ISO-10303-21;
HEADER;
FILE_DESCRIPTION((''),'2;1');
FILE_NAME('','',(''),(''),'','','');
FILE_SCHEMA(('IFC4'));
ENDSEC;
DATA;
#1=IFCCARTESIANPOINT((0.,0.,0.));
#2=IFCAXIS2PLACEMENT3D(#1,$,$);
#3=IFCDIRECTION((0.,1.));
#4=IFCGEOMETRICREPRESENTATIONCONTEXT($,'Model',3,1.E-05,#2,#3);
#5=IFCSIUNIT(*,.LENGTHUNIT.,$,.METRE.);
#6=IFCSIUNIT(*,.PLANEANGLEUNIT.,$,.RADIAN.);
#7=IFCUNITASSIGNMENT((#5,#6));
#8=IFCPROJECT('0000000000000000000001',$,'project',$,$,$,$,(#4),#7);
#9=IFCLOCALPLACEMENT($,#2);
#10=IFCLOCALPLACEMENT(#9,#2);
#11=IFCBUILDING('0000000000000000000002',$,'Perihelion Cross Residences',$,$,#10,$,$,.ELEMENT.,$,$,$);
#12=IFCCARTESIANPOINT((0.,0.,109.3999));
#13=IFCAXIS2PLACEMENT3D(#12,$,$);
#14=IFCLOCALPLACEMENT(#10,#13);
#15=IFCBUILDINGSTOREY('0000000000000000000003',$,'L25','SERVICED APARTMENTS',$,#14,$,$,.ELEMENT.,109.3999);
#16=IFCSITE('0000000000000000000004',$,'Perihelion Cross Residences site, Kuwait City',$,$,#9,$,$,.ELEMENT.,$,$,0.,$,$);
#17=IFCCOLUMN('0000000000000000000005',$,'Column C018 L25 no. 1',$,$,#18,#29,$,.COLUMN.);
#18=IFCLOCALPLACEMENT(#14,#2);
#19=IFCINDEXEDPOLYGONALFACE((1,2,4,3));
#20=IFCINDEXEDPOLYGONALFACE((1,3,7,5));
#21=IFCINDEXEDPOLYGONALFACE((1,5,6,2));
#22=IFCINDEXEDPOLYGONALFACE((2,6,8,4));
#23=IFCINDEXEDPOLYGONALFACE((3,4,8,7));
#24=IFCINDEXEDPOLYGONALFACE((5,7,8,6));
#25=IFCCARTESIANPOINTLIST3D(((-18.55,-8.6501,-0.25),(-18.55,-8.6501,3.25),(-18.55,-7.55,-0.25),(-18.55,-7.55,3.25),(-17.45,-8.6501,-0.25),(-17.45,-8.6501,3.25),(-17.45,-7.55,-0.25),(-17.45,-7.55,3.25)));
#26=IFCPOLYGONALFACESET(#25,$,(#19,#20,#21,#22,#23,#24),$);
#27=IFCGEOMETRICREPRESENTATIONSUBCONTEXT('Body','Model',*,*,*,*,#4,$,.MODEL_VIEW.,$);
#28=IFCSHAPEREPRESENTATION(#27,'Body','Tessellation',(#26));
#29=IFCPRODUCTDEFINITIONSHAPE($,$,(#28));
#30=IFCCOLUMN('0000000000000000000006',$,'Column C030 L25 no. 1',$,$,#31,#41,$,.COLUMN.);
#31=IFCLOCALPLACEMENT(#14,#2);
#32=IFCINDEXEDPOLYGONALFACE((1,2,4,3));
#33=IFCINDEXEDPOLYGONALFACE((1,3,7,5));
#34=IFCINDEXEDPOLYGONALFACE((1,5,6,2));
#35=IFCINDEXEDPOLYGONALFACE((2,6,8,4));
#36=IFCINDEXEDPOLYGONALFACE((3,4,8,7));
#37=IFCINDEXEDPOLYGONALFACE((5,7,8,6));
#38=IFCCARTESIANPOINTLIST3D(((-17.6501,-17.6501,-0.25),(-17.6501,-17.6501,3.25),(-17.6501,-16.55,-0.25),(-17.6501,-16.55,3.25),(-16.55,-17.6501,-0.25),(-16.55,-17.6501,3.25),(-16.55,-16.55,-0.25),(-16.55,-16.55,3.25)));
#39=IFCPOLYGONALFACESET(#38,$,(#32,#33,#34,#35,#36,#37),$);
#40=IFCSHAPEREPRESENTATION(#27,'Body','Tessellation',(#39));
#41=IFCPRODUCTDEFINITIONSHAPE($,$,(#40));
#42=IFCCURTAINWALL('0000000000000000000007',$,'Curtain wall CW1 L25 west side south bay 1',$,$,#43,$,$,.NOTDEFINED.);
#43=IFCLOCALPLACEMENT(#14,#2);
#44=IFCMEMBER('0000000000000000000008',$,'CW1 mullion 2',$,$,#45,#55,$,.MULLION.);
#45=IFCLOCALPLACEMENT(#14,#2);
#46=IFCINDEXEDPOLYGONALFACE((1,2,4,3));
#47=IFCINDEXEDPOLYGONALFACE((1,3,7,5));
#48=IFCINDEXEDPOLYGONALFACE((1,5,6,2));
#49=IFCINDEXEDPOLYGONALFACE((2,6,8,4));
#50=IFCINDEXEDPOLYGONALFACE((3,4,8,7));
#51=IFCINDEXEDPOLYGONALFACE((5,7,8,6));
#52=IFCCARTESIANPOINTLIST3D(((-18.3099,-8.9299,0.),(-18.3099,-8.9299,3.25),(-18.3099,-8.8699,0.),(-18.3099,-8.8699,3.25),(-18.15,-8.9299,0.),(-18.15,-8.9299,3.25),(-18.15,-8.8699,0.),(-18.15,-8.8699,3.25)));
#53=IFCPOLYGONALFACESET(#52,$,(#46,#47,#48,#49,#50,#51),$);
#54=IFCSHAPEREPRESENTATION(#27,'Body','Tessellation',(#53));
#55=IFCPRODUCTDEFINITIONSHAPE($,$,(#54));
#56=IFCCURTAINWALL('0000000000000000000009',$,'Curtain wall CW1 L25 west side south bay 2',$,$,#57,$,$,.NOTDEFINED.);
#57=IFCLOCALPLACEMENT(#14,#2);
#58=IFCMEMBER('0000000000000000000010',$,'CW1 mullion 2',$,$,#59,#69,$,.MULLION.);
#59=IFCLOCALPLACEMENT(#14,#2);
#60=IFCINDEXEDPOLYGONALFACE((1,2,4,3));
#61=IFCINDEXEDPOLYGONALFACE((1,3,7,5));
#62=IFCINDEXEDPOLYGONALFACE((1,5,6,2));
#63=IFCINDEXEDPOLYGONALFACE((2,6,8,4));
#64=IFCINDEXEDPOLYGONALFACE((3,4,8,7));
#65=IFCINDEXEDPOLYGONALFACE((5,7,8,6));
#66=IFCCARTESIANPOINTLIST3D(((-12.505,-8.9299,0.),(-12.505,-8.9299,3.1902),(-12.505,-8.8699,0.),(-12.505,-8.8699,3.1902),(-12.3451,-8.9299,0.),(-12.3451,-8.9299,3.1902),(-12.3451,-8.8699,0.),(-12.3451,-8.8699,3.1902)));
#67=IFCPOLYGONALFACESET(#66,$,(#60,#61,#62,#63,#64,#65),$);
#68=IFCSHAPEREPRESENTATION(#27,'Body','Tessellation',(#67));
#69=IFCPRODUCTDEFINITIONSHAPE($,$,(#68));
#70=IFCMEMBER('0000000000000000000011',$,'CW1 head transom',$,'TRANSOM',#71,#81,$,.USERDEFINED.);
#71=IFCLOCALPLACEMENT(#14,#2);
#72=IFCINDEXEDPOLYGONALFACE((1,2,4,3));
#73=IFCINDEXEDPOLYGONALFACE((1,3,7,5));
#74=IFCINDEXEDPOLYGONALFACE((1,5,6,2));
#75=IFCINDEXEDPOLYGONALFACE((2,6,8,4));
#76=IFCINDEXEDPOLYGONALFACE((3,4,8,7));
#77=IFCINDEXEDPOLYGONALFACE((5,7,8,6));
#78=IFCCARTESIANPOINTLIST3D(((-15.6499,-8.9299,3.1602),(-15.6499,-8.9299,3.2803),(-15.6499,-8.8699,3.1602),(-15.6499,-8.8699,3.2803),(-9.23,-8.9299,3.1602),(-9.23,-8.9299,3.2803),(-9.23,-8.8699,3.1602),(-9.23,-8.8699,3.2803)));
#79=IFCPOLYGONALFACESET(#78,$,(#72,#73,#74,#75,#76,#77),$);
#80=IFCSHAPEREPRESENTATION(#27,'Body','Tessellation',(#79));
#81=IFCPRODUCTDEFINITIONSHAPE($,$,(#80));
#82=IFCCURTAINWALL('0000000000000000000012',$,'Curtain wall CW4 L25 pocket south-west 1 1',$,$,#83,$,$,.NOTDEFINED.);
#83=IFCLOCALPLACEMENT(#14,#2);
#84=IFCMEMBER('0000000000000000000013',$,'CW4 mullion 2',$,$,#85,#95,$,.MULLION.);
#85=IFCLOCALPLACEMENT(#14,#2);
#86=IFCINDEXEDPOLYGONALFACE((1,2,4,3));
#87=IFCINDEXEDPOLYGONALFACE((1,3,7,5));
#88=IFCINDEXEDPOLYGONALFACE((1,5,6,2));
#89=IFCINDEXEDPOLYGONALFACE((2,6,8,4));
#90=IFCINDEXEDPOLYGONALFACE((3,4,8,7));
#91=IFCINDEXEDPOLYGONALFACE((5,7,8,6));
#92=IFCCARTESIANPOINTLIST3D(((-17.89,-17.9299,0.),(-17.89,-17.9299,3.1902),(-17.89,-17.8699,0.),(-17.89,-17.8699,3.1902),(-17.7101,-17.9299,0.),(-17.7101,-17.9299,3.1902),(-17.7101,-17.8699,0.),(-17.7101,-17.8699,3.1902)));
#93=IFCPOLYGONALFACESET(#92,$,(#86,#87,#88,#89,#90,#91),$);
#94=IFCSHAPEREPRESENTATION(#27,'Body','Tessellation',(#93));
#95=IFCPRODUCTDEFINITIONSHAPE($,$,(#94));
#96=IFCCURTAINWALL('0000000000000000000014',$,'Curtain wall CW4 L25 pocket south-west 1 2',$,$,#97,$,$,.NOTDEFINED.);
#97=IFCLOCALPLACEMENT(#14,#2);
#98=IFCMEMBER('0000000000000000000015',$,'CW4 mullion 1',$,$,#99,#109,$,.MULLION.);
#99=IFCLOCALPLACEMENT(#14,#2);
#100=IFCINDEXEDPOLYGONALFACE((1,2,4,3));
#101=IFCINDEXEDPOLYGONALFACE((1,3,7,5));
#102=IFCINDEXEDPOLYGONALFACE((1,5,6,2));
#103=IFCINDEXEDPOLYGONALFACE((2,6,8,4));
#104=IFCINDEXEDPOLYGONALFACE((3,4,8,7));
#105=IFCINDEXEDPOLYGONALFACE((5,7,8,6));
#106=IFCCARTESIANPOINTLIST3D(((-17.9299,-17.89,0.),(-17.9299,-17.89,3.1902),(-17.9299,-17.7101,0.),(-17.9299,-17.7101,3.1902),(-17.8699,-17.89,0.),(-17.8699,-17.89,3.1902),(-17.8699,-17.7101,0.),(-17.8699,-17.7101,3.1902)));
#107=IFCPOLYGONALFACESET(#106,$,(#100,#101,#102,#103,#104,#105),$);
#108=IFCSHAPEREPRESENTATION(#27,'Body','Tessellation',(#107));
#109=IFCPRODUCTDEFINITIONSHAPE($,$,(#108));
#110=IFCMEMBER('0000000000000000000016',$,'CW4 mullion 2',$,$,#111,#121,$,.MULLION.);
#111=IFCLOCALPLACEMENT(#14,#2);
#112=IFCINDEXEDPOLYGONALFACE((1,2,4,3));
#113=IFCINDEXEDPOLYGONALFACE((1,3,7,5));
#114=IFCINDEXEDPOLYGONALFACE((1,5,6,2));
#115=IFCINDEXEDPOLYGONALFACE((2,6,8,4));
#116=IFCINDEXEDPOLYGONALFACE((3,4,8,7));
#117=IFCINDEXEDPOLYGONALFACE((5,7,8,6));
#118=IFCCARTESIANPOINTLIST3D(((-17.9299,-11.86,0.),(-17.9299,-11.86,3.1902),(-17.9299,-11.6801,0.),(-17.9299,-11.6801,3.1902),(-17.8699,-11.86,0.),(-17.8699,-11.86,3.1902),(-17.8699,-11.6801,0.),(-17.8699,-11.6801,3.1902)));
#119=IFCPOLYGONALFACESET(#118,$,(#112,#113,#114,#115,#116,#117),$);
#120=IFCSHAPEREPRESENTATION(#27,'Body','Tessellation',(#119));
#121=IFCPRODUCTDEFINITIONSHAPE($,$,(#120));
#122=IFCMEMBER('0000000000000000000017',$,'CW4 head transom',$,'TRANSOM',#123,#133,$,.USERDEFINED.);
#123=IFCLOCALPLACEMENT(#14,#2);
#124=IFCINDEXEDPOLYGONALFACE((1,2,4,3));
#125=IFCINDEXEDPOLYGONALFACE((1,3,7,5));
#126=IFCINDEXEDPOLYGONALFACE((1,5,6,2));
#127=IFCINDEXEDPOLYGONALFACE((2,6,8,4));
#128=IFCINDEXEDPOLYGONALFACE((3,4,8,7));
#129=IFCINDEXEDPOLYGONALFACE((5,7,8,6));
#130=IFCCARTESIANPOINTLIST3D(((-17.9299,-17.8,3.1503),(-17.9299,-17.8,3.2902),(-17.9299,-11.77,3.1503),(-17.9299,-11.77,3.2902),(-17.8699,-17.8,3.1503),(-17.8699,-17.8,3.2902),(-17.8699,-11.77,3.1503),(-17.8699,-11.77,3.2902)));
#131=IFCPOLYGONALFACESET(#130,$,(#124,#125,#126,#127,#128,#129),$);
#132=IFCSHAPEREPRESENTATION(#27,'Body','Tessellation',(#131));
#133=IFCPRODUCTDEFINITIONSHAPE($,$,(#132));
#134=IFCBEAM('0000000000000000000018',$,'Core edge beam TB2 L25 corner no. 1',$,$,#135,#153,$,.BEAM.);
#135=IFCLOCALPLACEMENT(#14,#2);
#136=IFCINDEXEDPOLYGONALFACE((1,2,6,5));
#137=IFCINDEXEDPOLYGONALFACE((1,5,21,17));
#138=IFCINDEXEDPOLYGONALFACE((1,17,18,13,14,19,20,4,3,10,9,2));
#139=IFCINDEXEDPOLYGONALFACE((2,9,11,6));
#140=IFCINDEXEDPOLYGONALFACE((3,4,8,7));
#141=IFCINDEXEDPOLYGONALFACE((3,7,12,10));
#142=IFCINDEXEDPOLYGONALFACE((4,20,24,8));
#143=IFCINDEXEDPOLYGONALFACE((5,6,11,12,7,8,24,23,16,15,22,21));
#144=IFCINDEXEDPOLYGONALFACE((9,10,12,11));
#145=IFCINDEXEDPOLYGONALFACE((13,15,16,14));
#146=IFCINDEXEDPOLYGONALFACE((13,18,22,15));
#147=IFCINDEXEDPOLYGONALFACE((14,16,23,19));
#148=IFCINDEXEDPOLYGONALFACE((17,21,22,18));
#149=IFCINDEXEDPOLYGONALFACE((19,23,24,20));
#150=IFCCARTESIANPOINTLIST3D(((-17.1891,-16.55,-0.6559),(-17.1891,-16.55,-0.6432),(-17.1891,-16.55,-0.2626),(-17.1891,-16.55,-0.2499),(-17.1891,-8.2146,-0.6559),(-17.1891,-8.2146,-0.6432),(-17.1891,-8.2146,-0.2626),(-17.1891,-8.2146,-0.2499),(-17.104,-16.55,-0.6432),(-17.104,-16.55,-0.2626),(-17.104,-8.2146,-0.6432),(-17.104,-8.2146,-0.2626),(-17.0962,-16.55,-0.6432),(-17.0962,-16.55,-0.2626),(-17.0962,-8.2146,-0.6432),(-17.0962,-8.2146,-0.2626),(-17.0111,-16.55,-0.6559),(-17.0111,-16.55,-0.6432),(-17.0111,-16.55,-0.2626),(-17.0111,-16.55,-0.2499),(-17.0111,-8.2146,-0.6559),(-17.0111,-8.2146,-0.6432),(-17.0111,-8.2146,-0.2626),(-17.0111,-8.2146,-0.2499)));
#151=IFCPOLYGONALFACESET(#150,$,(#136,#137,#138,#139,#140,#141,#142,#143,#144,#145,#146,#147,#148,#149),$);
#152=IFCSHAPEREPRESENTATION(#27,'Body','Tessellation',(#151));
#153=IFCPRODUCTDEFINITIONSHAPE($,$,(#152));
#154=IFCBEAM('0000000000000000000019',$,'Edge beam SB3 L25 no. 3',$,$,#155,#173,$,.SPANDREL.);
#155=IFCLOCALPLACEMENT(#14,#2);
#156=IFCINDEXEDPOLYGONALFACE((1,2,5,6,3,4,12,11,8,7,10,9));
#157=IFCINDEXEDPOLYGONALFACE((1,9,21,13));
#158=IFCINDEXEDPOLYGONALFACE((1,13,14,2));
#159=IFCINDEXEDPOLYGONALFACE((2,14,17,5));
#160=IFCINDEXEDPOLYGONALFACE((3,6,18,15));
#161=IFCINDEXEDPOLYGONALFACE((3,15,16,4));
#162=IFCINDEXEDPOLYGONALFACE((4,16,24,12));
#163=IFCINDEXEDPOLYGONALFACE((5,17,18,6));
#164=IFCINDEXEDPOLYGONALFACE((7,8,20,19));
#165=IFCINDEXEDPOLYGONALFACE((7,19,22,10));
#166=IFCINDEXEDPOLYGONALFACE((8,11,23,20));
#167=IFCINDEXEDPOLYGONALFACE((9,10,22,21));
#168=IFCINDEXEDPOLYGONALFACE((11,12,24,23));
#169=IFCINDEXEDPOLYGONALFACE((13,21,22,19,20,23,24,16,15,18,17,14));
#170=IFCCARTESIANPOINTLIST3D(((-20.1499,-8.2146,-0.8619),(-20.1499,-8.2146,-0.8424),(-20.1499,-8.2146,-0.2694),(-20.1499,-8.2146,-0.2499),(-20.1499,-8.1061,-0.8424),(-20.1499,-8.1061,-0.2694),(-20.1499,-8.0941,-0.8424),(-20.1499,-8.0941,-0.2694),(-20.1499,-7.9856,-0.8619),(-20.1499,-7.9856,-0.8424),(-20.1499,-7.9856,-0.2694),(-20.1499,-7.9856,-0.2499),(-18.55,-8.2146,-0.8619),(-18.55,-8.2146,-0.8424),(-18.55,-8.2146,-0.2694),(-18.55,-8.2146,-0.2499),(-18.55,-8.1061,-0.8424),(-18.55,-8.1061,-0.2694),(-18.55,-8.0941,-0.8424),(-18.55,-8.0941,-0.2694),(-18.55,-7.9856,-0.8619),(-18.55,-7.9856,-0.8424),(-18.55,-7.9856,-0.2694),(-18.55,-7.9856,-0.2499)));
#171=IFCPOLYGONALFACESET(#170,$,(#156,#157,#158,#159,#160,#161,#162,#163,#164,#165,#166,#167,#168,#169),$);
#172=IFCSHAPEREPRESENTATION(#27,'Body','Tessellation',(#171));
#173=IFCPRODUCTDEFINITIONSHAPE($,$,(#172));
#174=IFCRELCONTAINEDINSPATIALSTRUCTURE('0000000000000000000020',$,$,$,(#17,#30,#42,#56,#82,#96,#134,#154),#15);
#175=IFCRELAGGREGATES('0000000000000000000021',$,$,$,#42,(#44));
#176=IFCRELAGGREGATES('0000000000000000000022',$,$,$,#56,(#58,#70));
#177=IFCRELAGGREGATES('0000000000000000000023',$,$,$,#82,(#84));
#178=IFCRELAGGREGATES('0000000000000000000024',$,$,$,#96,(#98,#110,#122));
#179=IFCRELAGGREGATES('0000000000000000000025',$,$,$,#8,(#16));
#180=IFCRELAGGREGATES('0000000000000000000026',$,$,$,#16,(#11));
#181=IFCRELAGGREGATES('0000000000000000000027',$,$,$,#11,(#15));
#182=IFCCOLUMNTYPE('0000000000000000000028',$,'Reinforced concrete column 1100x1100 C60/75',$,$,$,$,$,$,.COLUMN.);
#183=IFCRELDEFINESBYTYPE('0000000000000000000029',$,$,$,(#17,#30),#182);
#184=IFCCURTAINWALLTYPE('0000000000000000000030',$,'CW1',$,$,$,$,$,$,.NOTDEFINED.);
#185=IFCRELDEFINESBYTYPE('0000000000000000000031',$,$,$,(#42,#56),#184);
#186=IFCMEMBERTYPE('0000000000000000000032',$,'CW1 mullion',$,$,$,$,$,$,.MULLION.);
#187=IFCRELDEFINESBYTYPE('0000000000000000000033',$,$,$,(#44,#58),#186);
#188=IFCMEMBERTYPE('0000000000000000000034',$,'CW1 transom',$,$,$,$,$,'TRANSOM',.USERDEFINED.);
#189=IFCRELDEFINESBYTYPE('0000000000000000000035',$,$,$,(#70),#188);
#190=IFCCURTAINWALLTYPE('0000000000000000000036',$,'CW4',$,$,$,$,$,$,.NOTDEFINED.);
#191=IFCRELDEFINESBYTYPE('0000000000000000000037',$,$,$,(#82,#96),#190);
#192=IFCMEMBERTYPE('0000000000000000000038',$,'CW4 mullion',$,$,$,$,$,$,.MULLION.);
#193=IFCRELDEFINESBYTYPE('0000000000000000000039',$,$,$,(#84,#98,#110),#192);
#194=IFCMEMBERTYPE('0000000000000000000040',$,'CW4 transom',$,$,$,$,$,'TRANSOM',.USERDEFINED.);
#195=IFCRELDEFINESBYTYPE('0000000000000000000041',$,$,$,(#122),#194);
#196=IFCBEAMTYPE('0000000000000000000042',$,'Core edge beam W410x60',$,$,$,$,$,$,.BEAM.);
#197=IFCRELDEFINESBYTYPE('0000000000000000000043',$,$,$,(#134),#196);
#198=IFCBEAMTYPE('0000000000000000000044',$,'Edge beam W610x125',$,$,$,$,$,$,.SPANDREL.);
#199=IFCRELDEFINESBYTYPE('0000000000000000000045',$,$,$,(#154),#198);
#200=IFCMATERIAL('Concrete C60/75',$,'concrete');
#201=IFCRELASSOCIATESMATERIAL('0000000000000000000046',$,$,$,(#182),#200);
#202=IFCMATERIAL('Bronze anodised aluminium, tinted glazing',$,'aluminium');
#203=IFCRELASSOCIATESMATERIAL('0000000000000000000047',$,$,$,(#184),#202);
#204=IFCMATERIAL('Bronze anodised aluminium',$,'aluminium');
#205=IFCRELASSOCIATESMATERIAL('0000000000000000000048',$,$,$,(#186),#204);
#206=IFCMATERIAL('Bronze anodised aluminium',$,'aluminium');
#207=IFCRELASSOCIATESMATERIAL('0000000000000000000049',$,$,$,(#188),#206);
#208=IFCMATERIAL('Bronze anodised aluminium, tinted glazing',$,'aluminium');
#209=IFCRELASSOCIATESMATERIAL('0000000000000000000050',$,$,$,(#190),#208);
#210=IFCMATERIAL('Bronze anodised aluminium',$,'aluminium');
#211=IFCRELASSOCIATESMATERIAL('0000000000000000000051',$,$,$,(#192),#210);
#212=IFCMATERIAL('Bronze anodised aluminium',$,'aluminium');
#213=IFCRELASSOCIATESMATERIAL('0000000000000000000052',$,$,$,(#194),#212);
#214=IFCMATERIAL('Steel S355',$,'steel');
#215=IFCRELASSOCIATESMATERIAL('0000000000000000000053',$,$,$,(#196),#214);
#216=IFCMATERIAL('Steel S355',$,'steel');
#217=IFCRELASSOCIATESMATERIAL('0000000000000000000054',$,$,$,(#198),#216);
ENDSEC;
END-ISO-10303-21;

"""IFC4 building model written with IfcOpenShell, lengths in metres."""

from ifc_helpers import new_model, si_unit, direction, frame, origin, origin_2d, place, context, subcontext, project, spatial, rectangle, i_section, extrude, material, material_profile, profile_set, type_object, element, aggregate, save


model = new_model("IFC4")

# Units and contexts
model_context = context("Model", 3, precision=1e-05, world=origin(), true_north=direction((0.0, 1.0)))
body_context = subcontext(model_context, "Body", "Model", "MODEL_VIEW")
ifc_project = project(units=[si_unit("LENGTHUNIT", "METRE"), si_unit("PLANEANGLEUNIT", "RADIAN")], contexts=[model_context])

# Site, building, storey
site_placement = place(None, origin())
site = spatial("IfcSite", under=ifc_project, at=site_placement, Name="Perihelion Cross Residences site, Kuwait City", CompositionType="ELEMENT", RefElevation=0.0)
building_placement = place(site_placement, origin())
building = spatial("IfcBuilding", under=site, at=building_placement, Name="Perihelion Cross Residences", CompositionType="ELEMENT")
storey_placement = place(building_placement, frame((0.0, 0.0, 109.3999)))
storey = spatial("IfcBuildingStorey", under=building, at=storey_placement, Name="L25", Description="SERVICED APARTMENTS", CompositionType="ELEMENT", Elevation=109.3999)

# Columns
ifc_material_1 = material(Name="Concrete C60/75", Category="concrete")
ifc_material_profile_1 = material_profile(ifc_material_1, rectangle(XDim=1.1001, YDim=1.1001, at=origin_2d()), Name="RC 1100x1100")
ifc_profile_set_1 = profile_set([ifc_material_profile_1], Name="Concrete C60/75")
column_type = type_object("IfcColumnType", Name="Reinforced concrete column 1100x1100 C60/75", PredefinedType="COLUMN", material=ifc_profile_set_1)
for number, where, z_axis, x_axis, name in (
    (1, (-18.0, -8.1001, -0.25), (0.0, 0.0, 1.0), (1.0, 0.0, 0.0), "Column C018 L25 no. 1"),
    (2, (-17.1001, -17.1001, -0.25), (0.0, 0.0, 1.0), (1.0, 0.0, 0.0), "Column C030 L25 no. 1"),
):
    element("IfcColumn", number, at=place(storey_placement, frame(where, z_axis=z_axis, x_axis=x_axis)), inside=storey, type_object=column_type, Name=name, PredefinedType="COLUMN", context=body_context, shape_type="SweptSolid", body=[
        extrude(rectangle(XDim=1.1001, YDim=1.1001, at=origin_2d()), origin(), (0.0, 0.0, 1.0), 3.5),
    ])

# Curtain wall, member
ifc_material_2 = material(Name="Bronze anodised aluminium, tinted glazing", Category="aluminium")
curtain_wall_type_1 = type_object("IfcCurtainWallType", Name="CW1", PredefinedType="NOTDEFINED", material=ifc_material_2)
curtain_wall_1_placement = place(storey_placement, origin())
curtain_wall_1 = element("IfcCurtainWall", 3, at=curtain_wall_1_placement, inside=storey, type_object=curtain_wall_type_1, Name="Curtain wall CW1 L25 west side south bay 1", PredefinedType="NOTDEFINED")
ifc_material_3 = material(Name="Bronze anodised aluminium", Category="aluminium")
ifc_material_profile_2 = material_profile(ifc_material_3, rectangle(XDim=0.0601, YDim=0.1599, at=origin_2d()), Name="CW1 mullion")
ifc_profile_set_2 = profile_set([ifc_material_profile_2], Name="Bronze anodised aluminium")
member_type_1 = type_object("IfcMemberType", Name="CW1 mullion", PredefinedType="MULLION", material=ifc_profile_set_2)
member_1_placement = place(storey_placement, frame((-18.23, -8.8999, 0.0), z_axis=(0.0, 0.0, 1.0), x_axis=(0.0, 1.0, 0.0)))
member_1 = element("IfcMember", 4, at=member_1_placement, type_object=member_type_1, Name="CW1 mullion 2", PredefinedType="MULLION", context=body_context, shape_type="SweptSolid", body=[
    extrude(rectangle(XDim=0.0601, YDim=0.1599, at=origin_2d()), origin(), (0.0, 0.0, 1.0), 3.25),
])

# Curtain wall, members
curtain_wall_2_placement = place(storey_placement, origin())
curtain_wall_2 = element("IfcCurtainWall", 5, at=curtain_wall_2_placement, inside=storey, type_object=curtain_wall_type_1, Name="Curtain wall CW1 L25 west side south bay 2", PredefinedType="NOTDEFINED")
member_2_placement = place(storey_placement, frame((-12.425, -8.8999, 0.0), z_axis=(0.0, 0.0, 1.0), x_axis=(0.0, 1.0, 0.0)))
member_2 = element("IfcMember", 6, at=member_2_placement, type_object=member_type_1, Name="CW1 mullion 2", PredefinedType="MULLION", context=body_context, shape_type="SweptSolid", body=[
    extrude(rectangle(XDim=0.0601, YDim=0.1599, at=origin_2d()), origin(), (0.0, 0.0, 1.0), 3.1902),
])
ifc_material_4 = material(Name="Bronze anodised aluminium", Category="aluminium")
ifc_material_profile_3 = material_profile(ifc_material_4, rectangle(XDim=0.0601, YDim=0.1201, at=origin_2d()), Name="CW1 transom")
ifc_profile_set_3 = profile_set([ifc_material_profile_3], Name="Bronze anodised aluminium")
member_type_2 = type_object("IfcMemberType", Name="CW1 transom", ElementType="TRANSOM", PredefinedType="USERDEFINED", material=ifc_profile_set_3)
member_3_placement = place(storey_placement, frame((-15.6499, -8.8999, 3.2202), z_axis=(1.0, 0.0, 0.0), x_axis=(0.0, 1.0, 0.0)))
member_3 = element("IfcMember", 7, at=member_3_placement, type_object=member_type_2, Name="CW1 head transom", ObjectType="TRANSOM", PredefinedType="USERDEFINED", context=body_context, shape_type="SweptSolid", body=[
    extrude(rectangle(XDim=0.0601, YDim=0.1201, at=origin_2d()), origin(), (0.0, 0.0, 1.0), 6.4199),
])

# Curtain wall, member
ifc_material_5 = material(Name="Bronze anodised aluminium, tinted glazing", Category="aluminium")
curtain_wall_type_2 = type_object("IfcCurtainWallType", Name="CW4", PredefinedType="NOTDEFINED", material=ifc_material_5)
curtain_wall_3_placement = place(storey_placement, origin())
curtain_wall_3 = element("IfcCurtainWall", 8, at=curtain_wall_3_placement, inside=storey, type_object=curtain_wall_type_2, Name="Curtain wall CW4 L25 pocket south-west 1 1", PredefinedType="NOTDEFINED")
ifc_material_6 = material(Name="Bronze anodised aluminium", Category="aluminium")
ifc_material_profile_4 = material_profile(ifc_material_6, rectangle(XDim=0.0601, YDim=0.1799, at=origin_2d()), Name="CW4 mullion")
ifc_profile_set_4 = profile_set([ifc_material_profile_4], Name="Bronze anodised aluminium")
member_type_3 = type_object("IfcMemberType", Name="CW4 mullion", PredefinedType="MULLION", material=ifc_profile_set_4)
member_4_placement = place(storey_placement, frame((-17.8, -17.8999, 0.0), z_axis=(0.0, 0.0, 1.0), x_axis=(0.0, -1.0, 0.0)))
member_4 = element("IfcMember", 9, at=member_4_placement, type_object=member_type_3, Name="CW4 mullion 2", PredefinedType="MULLION", context=body_context, shape_type="SweptSolid", body=[
    extrude(rectangle(XDim=0.0601, YDim=0.1799, at=origin_2d()), origin(), (0.0, 0.0, 1.0), 3.1902),
])

# Curtain wall, members
curtain_wall_4_placement = place(storey_placement, origin())
curtain_wall_4 = element("IfcCurtainWall", 10, at=curtain_wall_4_placement, inside=storey, type_object=curtain_wall_type_2, Name="Curtain wall CW4 L25 pocket south-west 1 2", PredefinedType="NOTDEFINED")
member_5_placement = place(storey_placement, frame((-17.8999, -17.8, 0.0), z_axis=(0.0, 0.0, 1.0), x_axis=(-1.0, 0.0, 0.0)))
member_5 = element("IfcMember", 11, at=member_5_placement, type_object=member_type_3, Name="CW4 mullion 1", PredefinedType="MULLION", context=body_context, shape_type="SweptSolid", body=[
    extrude(rectangle(XDim=0.0601, YDim=0.1799, at=origin_2d()), origin(), (0.0, 0.0, 1.0), 3.1902),
])
member_6_placement = place(storey_placement, frame((-17.8999, -11.77, 0.0), z_axis=(0.0, 0.0, 1.0), x_axis=(-1.0, 0.0, 0.0)))
member_6 = element("IfcMember", 12, at=member_6_placement, type_object=member_type_3, Name="CW4 mullion 2", PredefinedType="MULLION", context=body_context, shape_type="SweptSolid", body=[
    extrude(rectangle(XDim=0.0601, YDim=0.1799, at=origin_2d()), origin(), (0.0, 0.0, 1.0), 3.1902),
])
ifc_material_7 = material(Name="Bronze anodised aluminium", Category="aluminium")
ifc_material_profile_5 = material_profile(ifc_material_7, rectangle(XDim=0.0601, YDim=0.1399, at=origin_2d()), Name="CW4 transom")
ifc_profile_set_5 = profile_set([ifc_material_profile_5], Name="Bronze anodised aluminium")
member_type_4 = type_object("IfcMemberType", Name="CW4 transom", ElementType="TRANSOM", PredefinedType="USERDEFINED", material=ifc_profile_set_5)
member_7_placement = place(storey_placement, frame((-17.8999, -17.8, 3.2202), z_axis=(0.0, 1.0, 0.0), x_axis=(-1.0, 0.0, 0.0)))
member_7 = element("IfcMember", 13, at=member_7_placement, type_object=member_type_4, Name="CW4 head transom", ObjectType="TRANSOM", PredefinedType="USERDEFINED", context=body_context, shape_type="SweptSolid", body=[
    extrude(rectangle(XDim=0.0601, YDim=0.1399, at=origin_2d()), origin(), (0.0, 0.0, 1.0), 6.03),
])

# Beams
ifc_material_8 = material(Name="Steel S355", Category="steel")
ifc_material_profile_6 = material_profile(ifc_material_8, i_section(OverallWidth=0.178, OverallDepth=0.406, WebThickness=0.0078, FlangeThickness=0.0127, at=origin_2d()), Name="W410x60")
ifc_profile_set_6 = profile_set([ifc_material_profile_6], Name="Steel S355")
beam_type_1 = type_object("IfcBeamType", Name="Core edge beam W410x60", PredefinedType="BEAM", material=ifc_profile_set_6)
beam_1_placement = place(storey_placement, frame((-17.1001, -8.2146, -0.4529), z_axis=(0.0, -1.0, 0.0), x_axis=(1.0, 0.0, 0.0)))
element("IfcBeam", 14, at=beam_1_placement, inside=storey, type_object=beam_type_1, Name="Core edge beam TB2 L25 corner no. 1", PredefinedType="BEAM", context=body_context, shape_type="SweptSolid", body=[
    extrude(i_section(OverallWidth=0.178, OverallDepth=0.406, WebThickness=0.0078, FlangeThickness=0.0127, at=origin_2d()), origin(), (0.0, 0.0, 1.0), 8.3354),
])
ifc_material_9 = material(Name="Steel S355", Category="steel")
ifc_material_profile_7 = material_profile(ifc_material_9, i_section(OverallWidth=0.229, OverallDepth=0.6121, WebThickness=0.012, FlangeThickness=0.0195, at=origin_2d()), Name="W610x125")
ifc_profile_set_7 = profile_set([ifc_material_profile_7], Name="Steel S355")
beam_type_2 = type_object("IfcBeamType", Name="Edge beam W610x125", PredefinedType="SPANDREL", material=ifc_profile_set_7)
beam_2_placement = place(storey_placement, frame((-20.1499, -8.1001, -0.5559), z_axis=(1.0, 0.0, 0.0), x_axis=(0.0, 1.0, 0.0)))
element("IfcBeam", 15, at=beam_2_placement, inside=storey, type_object=beam_type_2, Name="Edge beam SB3 L25 no. 3", PredefinedType="SPANDREL", context=body_context, shape_type="SweptSolid", body=[
    extrude(i_section(OverallWidth=0.229, OverallDepth=0.6121, WebThickness=0.012, FlangeThickness=0.0195, at=origin_2d()), origin(), (0.0, 0.0, 1.0), 1.5999),
])

aggregate(curtain_wall_1, [member_1])
aggregate(curtain_wall_2, [member_2, member_3])
aggregate(curtain_wall_3, [member_4])
aggregate(curtain_wall_4, [member_5, member_6, member_7])

save(model, "model.ifc")
